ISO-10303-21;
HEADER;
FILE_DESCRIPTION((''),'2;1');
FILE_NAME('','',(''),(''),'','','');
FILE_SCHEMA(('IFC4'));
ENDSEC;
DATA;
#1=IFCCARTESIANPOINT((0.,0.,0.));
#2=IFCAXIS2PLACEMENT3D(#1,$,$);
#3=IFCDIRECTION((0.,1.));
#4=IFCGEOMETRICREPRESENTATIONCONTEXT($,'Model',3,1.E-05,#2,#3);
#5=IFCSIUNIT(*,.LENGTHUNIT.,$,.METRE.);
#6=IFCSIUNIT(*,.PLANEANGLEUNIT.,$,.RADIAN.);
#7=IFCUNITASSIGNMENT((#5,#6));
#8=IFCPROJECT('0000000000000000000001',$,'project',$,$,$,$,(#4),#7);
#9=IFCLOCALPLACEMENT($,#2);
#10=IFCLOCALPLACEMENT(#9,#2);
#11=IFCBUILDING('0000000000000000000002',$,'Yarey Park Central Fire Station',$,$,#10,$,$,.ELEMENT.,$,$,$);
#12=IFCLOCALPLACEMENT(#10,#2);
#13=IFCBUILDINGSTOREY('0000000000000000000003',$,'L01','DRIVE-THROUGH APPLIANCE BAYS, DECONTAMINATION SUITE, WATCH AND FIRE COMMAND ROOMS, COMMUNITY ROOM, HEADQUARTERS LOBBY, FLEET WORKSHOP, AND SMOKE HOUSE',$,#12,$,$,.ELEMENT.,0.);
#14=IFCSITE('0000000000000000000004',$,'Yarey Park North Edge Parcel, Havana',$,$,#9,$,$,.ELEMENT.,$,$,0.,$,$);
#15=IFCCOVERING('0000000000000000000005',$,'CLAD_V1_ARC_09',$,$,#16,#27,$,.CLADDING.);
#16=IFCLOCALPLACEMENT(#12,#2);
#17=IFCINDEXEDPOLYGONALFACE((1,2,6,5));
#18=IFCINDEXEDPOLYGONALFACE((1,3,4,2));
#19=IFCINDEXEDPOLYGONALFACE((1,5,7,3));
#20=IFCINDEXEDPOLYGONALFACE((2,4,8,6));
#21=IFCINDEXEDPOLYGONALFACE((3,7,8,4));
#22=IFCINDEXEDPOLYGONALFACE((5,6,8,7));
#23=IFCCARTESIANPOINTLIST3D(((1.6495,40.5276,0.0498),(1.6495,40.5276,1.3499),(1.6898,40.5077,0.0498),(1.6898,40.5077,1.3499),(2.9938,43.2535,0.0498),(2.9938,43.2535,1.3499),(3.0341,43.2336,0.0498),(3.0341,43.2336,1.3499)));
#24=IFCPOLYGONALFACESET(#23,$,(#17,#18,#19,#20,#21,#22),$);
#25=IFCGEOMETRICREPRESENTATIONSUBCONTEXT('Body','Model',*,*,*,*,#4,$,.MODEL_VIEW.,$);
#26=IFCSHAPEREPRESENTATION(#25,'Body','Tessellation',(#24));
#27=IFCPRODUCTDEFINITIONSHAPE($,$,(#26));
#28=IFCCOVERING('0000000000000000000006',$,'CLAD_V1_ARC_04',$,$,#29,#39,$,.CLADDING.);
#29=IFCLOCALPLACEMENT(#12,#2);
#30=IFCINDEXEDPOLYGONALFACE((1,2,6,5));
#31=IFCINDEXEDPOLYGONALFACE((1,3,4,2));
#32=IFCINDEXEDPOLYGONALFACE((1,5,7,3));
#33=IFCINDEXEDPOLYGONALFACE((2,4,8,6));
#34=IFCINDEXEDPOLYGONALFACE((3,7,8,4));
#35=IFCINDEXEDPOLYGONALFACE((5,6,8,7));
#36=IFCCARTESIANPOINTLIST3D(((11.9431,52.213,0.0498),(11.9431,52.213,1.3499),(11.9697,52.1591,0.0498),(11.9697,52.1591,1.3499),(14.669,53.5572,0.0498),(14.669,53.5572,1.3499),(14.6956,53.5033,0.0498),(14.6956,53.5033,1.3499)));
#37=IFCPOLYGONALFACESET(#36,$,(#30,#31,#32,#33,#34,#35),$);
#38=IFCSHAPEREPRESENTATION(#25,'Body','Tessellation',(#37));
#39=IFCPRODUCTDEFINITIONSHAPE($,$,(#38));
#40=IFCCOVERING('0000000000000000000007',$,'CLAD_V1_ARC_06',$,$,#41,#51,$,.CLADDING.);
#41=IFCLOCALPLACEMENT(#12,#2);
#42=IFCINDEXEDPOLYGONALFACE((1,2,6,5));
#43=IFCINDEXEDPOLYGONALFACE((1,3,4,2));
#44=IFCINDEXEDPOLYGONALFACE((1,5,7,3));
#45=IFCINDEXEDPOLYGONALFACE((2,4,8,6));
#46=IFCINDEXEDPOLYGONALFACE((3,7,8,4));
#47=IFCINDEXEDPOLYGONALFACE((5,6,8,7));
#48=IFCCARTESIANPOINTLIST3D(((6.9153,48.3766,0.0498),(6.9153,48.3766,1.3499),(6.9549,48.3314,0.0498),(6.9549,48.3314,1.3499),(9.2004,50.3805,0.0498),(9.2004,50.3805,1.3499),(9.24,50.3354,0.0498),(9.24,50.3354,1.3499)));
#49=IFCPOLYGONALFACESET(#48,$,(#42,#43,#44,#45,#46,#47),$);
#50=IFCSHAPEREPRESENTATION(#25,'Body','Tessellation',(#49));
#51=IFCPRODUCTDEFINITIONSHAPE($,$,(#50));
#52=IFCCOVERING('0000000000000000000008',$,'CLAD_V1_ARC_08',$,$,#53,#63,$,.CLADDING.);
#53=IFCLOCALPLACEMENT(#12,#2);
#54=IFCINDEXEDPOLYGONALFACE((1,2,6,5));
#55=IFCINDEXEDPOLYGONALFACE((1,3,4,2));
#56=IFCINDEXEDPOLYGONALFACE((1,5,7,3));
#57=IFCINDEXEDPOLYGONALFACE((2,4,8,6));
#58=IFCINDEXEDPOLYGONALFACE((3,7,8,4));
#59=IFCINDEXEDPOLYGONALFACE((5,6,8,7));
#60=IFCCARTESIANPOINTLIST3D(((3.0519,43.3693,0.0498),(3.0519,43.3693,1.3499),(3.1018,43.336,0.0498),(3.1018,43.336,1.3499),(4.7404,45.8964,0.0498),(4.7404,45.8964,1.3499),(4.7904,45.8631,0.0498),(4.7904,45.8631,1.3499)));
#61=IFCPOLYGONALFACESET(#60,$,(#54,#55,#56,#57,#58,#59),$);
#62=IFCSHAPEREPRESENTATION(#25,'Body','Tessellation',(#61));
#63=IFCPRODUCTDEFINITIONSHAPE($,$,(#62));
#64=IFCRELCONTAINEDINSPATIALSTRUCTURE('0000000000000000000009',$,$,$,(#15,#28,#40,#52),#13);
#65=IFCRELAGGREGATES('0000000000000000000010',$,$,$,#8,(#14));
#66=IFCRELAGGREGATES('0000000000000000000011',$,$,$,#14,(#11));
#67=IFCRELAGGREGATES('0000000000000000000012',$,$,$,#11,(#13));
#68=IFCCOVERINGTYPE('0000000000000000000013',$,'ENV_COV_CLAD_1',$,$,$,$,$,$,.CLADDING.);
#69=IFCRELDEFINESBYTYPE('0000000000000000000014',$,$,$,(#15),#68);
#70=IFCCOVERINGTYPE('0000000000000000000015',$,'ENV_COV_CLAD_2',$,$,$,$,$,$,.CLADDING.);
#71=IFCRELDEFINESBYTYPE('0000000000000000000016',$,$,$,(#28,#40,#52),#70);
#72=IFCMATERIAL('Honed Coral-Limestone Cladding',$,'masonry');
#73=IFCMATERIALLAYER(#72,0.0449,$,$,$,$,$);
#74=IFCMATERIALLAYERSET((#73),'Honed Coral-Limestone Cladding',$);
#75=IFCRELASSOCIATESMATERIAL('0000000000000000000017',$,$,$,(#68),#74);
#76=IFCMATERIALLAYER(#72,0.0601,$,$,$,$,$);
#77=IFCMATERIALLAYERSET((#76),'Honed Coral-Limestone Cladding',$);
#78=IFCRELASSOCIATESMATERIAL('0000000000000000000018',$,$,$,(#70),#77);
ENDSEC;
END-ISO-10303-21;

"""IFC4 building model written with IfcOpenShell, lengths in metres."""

from ifc_helpers import new_model, si_unit, direction, frame, origin, origin_2d, place, context, subcontext, project, spatial, rectangle, extrude, material, layer, layer_set, type_object, element, save


model = new_model("IFC4")

# Units and contexts
model_context = context("Model", 3, precision=1e-05, world=origin(), true_north=direction((0.0, 1.0)))
body_context = subcontext(model_context, "Body", "Model", "MODEL_VIEW")
ifc_project = project(units=[si_unit("LENGTHUNIT", "METRE"), si_unit("PLANEANGLEUNIT", "RADIAN")], contexts=[model_context])

# Site, building, storey
site_placement = place(None, origin())
site = spatial("IfcSite", under=ifc_project, at=site_placement, Name="Yarey Park North Edge Parcel, Havana", CompositionType="ELEMENT", RefElevation=0.0)
building_placement = place(site_placement, origin())
building = spatial("IfcBuilding", under=site, at=building_placement, Name="Yarey Park Central Fire Station", CompositionType="ELEMENT")
storey_placement = place(building_placement, origin())
storey = spatial("IfcBuildingStorey", under=building, at=storey_placement, Name="L01", Description="DRIVE-THROUGH APPLIANCE BAYS, DECONTAMINATION SUITE, WATCH AND FIRE COMMAND ROOMS, COMMUNITY ROOM, HEADQUARTERS LOBBY, FLEET WORKSHOP, AND SMOKE HOUSE", CompositionType="ELEMENT", Elevation=0.0)

# Coverings
ifc_material_1 = material(Name="Honed Coral-Limestone Cladding", Category="masonry")
ifc_layer_1 = layer(ifc_material_1, 0.0449)
ifc_layer_set_1 = layer_set([ifc_layer_1], Name="Honed Coral-Limestone Cladding")
covering_type_1 = type_object("IfcCoveringType", Name="ENV_COV_CLAD_1", PredefinedType="CLADDING", material=ifc_layer_set_1)
for number, where, z_axis, x_axis, name in (
    (1, (2.3418, 41.8806, 0.0498), (0.0, 0.0, 1.0), (-0.442289, -0.896873, 0.0), "CLAD_V1_ARC_09"),
):
    element("IfcCovering", number, at=place(storey_placement, frame(where, z_axis=z_axis, x_axis=x_axis)), inside=storey, type_object=covering_type_1, Name=name, PredefinedType="CLADDING", context=body_context, shape_type="SweptSolid", body=[
        extrude(rectangle(XDim=3.0393, YDim=0.0449, at=origin_2d()), origin(), (0.0, 0.0, 1.0), 1.3),
    ])
ifc_layer_2 = layer(ifc_material_1, 0.0601)
ifc_layer_set_2 = layer_set([ifc_layer_2], Name="Honed Coral-Limestone Cladding")
covering_type_2 = type_object("IfcCoveringType", Name="ENV_COV_CLAD_2", PredefinedType="CLADDING", material=ifc_layer_set_2)
for number, where, z_axis, x_axis, name in (
    (2, (13.3193, 52.8582, 0.0498), (0.0, 0.0, 1.0), (-0.896873, -0.442289, 0.0), "CLAD_V1_ARC_04"),
    (3, (8.0776, 49.356, 0.0498), (0.0, 0.0, 1.0), (-0.75184, -0.659346, 0.0), "CLAD_V1_ARC_06"),
    (4, (3.9211, 44.6162, 0.0498), (0.0, 0.0, 1.0), (-0.55557, -0.83147, 0.0), "CLAD_V1_ARC_08"),
):
    element("IfcCovering", number, at=place(storey_placement, frame(where, z_axis=z_axis, x_axis=x_axis)), inside=storey, type_object=covering_type_2, Name=name, PredefinedType="CLADDING", context=body_context, shape_type="SweptSolid", body=[
        extrude(rectangle(XDim=3.0393, YDim=0.0601, at=origin_2d()), origin(), (0.0, 0.0, 1.0), 1.3),
    ])

save(model, "model.ifc")
